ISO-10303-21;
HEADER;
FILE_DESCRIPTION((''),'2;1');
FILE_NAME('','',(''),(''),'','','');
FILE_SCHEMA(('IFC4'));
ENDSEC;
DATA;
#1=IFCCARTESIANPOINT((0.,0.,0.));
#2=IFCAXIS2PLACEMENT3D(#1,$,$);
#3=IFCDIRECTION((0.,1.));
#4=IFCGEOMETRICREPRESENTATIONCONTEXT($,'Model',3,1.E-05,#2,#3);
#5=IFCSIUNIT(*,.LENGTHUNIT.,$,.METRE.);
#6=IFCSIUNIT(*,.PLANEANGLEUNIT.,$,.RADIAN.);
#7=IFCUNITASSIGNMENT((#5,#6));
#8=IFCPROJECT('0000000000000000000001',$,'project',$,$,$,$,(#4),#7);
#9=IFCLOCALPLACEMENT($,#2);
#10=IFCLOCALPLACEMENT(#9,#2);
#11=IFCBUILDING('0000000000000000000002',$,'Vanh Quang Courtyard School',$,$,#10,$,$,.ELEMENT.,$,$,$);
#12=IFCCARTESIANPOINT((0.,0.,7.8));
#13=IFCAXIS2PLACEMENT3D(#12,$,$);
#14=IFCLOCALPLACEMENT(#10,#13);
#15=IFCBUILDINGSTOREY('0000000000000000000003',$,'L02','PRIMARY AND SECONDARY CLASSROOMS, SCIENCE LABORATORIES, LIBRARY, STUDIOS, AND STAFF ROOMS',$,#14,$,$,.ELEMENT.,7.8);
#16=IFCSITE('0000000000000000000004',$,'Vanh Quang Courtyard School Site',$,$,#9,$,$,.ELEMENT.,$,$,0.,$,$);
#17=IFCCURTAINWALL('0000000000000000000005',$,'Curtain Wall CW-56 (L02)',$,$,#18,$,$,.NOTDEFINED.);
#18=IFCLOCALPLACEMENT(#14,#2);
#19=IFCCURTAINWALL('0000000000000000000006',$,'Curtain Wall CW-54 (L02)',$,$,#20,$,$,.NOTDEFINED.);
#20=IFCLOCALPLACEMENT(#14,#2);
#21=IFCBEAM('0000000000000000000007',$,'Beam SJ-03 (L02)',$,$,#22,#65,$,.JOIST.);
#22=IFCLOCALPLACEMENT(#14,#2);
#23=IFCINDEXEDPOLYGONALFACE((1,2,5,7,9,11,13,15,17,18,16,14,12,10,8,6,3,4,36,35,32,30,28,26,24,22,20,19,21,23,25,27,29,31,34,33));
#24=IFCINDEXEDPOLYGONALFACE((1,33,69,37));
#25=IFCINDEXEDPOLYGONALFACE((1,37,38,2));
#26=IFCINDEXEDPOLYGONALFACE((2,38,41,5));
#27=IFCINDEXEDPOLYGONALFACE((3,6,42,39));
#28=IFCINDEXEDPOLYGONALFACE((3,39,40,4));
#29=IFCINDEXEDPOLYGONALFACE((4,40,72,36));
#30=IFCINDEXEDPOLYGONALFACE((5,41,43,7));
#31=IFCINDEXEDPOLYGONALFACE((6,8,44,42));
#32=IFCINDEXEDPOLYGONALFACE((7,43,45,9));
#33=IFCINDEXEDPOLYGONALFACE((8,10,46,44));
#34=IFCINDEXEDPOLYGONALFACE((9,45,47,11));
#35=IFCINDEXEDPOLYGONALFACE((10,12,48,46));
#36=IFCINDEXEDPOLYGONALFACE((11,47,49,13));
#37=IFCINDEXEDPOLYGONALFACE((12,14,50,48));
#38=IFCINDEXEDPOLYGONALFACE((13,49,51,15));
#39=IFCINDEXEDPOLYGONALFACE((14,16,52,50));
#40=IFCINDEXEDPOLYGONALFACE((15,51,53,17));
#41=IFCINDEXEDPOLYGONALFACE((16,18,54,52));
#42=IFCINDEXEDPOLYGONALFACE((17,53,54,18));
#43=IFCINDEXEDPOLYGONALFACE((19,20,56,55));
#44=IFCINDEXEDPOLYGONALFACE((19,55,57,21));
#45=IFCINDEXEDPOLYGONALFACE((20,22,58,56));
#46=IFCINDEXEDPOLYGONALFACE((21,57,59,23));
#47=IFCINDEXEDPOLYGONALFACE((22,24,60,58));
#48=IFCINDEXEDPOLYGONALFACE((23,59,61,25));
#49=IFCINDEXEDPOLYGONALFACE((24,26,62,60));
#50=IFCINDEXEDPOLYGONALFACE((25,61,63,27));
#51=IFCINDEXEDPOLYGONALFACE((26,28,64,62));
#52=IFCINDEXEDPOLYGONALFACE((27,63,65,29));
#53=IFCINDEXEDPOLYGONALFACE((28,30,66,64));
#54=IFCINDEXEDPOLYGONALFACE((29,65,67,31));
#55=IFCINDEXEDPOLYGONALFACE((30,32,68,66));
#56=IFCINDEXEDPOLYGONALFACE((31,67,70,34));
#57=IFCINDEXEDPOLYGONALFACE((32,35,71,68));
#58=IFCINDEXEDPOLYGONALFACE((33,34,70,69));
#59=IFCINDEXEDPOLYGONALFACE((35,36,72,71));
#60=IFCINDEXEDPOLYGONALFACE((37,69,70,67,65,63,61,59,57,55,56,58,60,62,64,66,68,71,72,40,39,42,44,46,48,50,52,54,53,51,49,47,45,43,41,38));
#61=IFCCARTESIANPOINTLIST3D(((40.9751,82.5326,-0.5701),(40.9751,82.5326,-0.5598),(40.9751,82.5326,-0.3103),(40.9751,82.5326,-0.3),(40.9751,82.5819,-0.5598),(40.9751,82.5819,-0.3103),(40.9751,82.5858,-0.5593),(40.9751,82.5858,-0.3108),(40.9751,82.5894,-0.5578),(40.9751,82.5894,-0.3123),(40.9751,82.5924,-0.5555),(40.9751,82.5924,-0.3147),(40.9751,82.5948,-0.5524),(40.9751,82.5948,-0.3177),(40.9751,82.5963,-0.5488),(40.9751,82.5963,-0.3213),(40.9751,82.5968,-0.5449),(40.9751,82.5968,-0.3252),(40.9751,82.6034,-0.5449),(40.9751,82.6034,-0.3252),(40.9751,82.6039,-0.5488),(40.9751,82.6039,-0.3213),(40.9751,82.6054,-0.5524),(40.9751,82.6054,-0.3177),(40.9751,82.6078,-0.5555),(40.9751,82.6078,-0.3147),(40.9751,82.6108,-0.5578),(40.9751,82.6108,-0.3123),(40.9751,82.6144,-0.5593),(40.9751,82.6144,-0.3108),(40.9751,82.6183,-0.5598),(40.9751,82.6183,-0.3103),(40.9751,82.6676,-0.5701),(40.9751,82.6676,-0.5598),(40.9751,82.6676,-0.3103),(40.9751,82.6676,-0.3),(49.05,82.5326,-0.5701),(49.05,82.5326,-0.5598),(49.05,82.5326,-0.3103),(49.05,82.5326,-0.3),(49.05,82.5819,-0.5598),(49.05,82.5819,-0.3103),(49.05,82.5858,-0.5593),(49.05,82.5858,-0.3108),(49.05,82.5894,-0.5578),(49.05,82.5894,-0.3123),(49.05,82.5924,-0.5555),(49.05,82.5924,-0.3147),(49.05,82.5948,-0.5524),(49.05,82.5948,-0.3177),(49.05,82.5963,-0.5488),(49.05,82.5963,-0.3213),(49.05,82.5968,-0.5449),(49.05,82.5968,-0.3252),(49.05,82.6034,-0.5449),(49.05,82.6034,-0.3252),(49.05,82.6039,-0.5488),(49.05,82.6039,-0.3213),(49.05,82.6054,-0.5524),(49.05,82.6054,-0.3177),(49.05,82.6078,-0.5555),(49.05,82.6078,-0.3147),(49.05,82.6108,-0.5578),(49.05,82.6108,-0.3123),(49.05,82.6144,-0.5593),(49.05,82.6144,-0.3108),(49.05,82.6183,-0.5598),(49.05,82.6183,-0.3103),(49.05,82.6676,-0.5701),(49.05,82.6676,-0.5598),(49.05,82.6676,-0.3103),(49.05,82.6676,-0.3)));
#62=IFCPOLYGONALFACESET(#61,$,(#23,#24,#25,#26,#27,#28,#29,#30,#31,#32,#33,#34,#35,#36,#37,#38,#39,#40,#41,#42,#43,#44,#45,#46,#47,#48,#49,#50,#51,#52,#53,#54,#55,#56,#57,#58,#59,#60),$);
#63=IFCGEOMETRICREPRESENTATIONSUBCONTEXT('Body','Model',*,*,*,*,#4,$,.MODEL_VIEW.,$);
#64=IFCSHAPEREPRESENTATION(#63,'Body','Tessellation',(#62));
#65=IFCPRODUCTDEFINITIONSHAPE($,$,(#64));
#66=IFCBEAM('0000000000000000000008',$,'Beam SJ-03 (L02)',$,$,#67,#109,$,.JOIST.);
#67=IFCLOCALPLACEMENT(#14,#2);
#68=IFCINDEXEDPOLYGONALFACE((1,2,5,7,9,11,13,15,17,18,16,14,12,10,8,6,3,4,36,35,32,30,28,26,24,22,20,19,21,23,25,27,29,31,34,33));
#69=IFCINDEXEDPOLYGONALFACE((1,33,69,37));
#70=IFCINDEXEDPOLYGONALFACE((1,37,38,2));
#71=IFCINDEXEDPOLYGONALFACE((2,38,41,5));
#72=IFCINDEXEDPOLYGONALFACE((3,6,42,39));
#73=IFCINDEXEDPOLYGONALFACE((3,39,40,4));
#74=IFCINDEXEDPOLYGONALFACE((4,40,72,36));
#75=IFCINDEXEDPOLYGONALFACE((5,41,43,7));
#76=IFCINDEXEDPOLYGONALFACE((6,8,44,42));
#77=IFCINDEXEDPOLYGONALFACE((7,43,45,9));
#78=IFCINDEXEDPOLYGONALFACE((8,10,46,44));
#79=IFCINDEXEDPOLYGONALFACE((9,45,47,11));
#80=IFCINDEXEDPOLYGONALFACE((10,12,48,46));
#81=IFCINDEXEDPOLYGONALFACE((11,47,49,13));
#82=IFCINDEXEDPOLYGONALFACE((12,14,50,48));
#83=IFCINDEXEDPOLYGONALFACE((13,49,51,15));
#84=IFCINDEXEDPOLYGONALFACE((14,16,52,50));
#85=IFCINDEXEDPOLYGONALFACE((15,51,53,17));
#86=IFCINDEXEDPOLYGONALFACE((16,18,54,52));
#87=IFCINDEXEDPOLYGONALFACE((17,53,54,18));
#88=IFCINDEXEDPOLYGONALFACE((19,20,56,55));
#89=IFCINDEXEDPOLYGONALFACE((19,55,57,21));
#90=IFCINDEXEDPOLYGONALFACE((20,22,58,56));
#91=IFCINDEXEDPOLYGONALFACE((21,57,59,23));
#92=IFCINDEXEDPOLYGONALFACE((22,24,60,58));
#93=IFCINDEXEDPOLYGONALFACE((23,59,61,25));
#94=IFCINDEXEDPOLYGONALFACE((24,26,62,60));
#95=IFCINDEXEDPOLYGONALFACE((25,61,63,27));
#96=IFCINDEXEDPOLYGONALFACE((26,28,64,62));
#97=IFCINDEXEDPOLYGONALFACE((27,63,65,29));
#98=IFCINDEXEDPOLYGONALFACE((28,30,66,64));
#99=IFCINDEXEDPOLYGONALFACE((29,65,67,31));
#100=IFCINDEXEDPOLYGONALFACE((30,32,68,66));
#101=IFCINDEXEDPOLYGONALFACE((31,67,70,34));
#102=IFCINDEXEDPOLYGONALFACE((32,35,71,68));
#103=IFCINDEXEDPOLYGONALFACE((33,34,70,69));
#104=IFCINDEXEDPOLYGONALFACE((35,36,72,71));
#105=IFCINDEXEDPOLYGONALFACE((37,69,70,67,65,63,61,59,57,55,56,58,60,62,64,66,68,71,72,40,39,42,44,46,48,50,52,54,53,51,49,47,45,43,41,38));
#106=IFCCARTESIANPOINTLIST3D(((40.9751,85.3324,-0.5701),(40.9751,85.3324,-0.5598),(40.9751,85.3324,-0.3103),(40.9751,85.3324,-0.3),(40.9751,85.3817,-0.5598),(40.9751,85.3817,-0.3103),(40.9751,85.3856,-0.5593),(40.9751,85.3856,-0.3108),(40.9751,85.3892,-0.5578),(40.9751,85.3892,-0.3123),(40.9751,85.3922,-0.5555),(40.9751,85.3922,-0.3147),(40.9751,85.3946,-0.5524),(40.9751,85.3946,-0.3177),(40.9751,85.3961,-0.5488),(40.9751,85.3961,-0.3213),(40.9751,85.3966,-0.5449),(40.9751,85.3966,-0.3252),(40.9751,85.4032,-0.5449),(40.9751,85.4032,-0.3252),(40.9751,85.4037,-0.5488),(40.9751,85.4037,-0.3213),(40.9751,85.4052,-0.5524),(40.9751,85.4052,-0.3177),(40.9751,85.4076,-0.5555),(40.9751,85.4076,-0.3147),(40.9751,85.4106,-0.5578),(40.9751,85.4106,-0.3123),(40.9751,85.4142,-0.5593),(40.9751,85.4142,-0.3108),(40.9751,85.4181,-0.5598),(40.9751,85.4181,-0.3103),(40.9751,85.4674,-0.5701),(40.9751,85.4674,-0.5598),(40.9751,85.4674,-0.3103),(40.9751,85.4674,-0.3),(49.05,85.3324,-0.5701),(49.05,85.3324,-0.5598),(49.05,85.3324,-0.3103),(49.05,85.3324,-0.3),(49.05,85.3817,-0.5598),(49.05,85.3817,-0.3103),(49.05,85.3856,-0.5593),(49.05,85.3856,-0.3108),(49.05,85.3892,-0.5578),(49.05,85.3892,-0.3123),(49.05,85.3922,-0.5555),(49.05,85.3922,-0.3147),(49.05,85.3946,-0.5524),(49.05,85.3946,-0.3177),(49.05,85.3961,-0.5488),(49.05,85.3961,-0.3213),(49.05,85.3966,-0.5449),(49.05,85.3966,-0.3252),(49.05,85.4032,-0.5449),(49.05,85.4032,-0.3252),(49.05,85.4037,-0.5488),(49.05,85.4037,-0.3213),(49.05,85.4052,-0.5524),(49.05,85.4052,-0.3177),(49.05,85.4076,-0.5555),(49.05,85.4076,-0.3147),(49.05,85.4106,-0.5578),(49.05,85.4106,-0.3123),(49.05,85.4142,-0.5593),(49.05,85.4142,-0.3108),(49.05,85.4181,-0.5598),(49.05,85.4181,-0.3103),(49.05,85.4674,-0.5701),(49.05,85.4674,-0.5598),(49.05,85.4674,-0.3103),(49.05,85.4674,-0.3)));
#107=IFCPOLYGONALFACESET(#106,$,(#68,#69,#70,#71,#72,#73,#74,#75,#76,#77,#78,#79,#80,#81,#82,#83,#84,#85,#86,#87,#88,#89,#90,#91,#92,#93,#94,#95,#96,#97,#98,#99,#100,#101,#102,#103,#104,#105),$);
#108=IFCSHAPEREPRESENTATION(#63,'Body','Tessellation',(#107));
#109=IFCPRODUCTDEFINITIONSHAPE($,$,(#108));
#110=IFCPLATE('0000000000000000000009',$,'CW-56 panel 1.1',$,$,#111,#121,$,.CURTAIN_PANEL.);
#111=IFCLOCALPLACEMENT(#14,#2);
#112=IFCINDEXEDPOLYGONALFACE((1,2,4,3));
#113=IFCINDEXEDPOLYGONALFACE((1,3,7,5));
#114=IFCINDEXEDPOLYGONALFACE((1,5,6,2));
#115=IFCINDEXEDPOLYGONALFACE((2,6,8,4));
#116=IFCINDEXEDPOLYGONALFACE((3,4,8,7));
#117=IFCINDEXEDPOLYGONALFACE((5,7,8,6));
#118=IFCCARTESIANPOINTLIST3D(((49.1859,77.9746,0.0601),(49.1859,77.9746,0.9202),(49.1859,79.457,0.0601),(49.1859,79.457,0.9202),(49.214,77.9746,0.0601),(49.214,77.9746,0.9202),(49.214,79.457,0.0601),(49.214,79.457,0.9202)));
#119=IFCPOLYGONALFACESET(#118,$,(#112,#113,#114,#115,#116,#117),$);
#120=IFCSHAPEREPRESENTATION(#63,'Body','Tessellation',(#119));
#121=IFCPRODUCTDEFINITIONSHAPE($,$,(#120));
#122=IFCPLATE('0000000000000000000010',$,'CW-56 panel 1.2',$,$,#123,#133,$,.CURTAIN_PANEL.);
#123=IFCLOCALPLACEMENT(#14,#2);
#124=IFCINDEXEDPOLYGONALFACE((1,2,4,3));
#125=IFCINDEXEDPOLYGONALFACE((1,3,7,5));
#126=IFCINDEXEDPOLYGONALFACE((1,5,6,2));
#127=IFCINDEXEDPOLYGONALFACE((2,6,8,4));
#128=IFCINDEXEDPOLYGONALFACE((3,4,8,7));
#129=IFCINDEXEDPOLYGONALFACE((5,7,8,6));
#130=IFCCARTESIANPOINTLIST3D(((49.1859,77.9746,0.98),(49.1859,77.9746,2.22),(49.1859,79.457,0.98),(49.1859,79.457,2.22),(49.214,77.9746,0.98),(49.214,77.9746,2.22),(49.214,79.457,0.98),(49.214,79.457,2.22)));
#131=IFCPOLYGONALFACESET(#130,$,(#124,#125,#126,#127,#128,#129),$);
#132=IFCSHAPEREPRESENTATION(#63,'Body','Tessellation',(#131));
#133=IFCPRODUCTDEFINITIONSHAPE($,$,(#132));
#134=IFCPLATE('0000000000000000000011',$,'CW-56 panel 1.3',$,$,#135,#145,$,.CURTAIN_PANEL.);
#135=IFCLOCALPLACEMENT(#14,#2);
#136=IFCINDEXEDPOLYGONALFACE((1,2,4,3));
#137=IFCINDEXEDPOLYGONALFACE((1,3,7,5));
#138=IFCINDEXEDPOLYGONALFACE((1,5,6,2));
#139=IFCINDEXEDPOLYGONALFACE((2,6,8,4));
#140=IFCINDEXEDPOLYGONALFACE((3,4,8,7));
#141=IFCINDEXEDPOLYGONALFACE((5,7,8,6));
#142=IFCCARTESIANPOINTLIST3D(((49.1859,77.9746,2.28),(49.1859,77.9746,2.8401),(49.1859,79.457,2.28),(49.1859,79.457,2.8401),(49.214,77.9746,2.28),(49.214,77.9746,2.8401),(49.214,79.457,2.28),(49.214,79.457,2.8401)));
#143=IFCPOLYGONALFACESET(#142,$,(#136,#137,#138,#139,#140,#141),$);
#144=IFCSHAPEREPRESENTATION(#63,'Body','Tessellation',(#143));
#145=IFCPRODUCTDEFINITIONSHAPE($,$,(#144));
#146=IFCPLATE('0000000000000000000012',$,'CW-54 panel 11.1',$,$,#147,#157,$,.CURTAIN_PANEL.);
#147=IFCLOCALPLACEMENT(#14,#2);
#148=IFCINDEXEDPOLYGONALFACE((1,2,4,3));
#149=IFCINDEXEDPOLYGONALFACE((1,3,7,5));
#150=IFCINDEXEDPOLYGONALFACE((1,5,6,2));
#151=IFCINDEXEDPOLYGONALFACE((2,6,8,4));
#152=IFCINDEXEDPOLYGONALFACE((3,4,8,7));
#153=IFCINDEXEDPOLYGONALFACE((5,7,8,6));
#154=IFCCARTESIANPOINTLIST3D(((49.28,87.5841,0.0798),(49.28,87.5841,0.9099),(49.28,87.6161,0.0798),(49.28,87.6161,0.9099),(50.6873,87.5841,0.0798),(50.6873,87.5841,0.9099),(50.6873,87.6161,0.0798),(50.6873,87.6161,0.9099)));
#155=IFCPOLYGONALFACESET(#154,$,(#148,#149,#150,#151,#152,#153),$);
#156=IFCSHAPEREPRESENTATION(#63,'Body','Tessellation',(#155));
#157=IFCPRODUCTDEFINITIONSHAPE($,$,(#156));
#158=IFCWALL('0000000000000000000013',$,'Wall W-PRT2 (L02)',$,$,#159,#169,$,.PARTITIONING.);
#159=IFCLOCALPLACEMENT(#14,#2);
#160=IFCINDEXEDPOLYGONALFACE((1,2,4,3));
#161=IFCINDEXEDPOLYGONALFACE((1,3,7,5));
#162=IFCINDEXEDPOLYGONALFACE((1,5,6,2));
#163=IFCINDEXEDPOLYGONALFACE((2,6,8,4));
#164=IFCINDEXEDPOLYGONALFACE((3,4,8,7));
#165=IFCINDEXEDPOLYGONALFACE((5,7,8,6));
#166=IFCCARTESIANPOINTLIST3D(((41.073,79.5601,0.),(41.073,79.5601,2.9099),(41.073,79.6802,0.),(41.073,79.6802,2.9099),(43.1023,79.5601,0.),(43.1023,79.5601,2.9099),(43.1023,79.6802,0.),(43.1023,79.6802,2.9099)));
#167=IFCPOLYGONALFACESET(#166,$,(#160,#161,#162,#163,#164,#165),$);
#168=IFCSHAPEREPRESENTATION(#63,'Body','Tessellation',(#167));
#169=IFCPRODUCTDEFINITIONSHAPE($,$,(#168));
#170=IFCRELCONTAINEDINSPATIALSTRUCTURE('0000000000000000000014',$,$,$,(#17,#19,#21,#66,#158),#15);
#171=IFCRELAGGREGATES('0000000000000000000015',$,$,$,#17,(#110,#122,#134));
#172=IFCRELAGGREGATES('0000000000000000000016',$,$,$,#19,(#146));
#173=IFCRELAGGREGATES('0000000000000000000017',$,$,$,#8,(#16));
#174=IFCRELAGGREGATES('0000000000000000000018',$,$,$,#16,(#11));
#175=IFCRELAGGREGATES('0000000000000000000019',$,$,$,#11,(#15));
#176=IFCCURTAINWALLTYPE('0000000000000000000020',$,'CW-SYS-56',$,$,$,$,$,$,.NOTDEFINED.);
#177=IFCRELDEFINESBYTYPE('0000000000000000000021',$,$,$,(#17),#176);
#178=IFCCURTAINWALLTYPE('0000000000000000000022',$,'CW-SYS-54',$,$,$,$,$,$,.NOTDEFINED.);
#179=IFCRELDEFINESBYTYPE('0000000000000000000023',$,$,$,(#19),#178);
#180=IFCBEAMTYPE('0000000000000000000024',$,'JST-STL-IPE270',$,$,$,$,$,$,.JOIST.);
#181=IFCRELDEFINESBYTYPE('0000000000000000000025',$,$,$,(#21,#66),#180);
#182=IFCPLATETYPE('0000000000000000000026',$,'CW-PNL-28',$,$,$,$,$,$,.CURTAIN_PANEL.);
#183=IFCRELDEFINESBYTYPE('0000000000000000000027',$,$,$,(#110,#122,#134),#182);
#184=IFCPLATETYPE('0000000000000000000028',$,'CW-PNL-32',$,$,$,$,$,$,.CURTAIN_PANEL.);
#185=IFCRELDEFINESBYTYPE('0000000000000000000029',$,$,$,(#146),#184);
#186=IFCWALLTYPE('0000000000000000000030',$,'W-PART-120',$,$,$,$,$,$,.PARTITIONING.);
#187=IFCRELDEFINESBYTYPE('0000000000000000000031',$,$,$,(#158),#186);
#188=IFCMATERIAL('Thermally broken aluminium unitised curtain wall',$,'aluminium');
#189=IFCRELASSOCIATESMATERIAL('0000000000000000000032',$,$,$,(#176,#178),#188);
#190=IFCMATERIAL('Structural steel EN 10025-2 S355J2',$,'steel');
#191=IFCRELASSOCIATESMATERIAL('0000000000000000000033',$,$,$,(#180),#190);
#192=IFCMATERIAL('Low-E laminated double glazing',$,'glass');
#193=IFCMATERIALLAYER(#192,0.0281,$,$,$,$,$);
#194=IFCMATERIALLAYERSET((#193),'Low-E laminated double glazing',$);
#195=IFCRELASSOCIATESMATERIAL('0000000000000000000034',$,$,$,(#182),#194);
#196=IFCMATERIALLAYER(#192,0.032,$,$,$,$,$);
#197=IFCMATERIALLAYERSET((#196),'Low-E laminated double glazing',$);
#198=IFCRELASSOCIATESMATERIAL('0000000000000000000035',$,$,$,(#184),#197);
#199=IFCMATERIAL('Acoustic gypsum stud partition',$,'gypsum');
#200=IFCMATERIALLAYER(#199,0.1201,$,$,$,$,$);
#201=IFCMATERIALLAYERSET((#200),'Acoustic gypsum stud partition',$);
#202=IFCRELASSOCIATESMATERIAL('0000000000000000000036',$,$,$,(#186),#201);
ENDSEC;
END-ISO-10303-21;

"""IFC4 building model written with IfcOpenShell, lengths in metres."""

from ifc_helpers import new_model, si_unit, direction, frame, frame_2d, origin, origin_2d, place, context, subcontext, project, spatial, rectangle, i_section, extrude, material, layer, layer_set, material_profile, profile_set, type_object, element, aggregate, save


model = new_model("IFC4")

# Units and contexts
model_context = context("Model", 3, precision=1e-05, world=origin(), true_north=direction((0.0, 1.0)))
body_context = subcontext(model_context, "Body", "Model", "MODEL_VIEW")
ifc_project = project(units=[si_unit("LENGTHUNIT", "METRE"), si_unit("PLANEANGLEUNIT", "RADIAN")], contexts=[model_context])

# Site, building, storey
site_placement = place(None, origin())
site = spatial("IfcSite", under=ifc_project, at=site_placement, Name="Vanh Quang Courtyard School Site", CompositionType="ELEMENT", RefElevation=0.0)
building_placement = place(site_placement, origin())
building = spatial("IfcBuilding", under=site, at=building_placement, Name="Vanh Quang Courtyard School", CompositionType="ELEMENT")
storey_placement = place(building_placement, frame((0.0, 0.0, 7.8)))
storey = spatial("IfcBuildingStorey", under=building, at=storey_placement, Name="L02", Description="PRIMARY AND SECONDARY CLASSROOMS, SCIENCE LABORATORIES, LIBRARY, STUDIOS, AND STAFF ROOMS", CompositionType="ELEMENT", Elevation=7.8)

# Shared definitions
ifc_material_1 = material(Name="Structural steel EN 10025-2 S355J2", Category="steel")

# Curtain walls
ifc_material_2 = material(Name="Thermally broken aluminium unitised curtain wall", Category="aluminium")
curtain_wall_type_1 = type_object("IfcCurtainWallType", Name="CW-SYS-56", PredefinedType="NOTDEFINED", material=ifc_material_2)
curtain_wall_1_placement = place(storey_placement, origin())
curtain_wall_1 = element("IfcCurtainWall", 1, at=curtain_wall_1_placement, inside=storey, type_object=curtain_wall_type_1, Name="Curtain Wall CW-56 (L02)", PredefinedType="NOTDEFINED")
curtain_wall_type_2 = type_object("IfcCurtainWallType", Name="CW-SYS-54", PredefinedType="NOTDEFINED", material=ifc_material_2)
curtain_wall_2_placement = place(storey_placement, origin())
curtain_wall_2 = element("IfcCurtainWall", 2, at=curtain_wall_2_placement, inside=storey, type_object=curtain_wall_type_2, Name="Curtain Wall CW-54 (L02)", PredefinedType="NOTDEFINED")

# Beams
ifc_material_profile_1 = material_profile(ifc_material_1, i_section(OverallWidth=0.135, OverallDepth=0.27, WebThickness=0.0066, FlangeThickness=0.0103, FilletRadius=0.0149, at=origin_2d()), Name="IPE 270")
ifc_profile_set_1 = profile_set([ifc_material_profile_1], Name="Structural steel EN 10025-2 S355J2")
beam_type_1 = type_object("IfcBeamType", Name="JST-STL-IPE270", PredefinedType="JOIST", material=ifc_profile_set_1)
for number, where, z_axis, x_axis, name in (
    (3, (40.9751, 82.6001, -0.4351), (1.0, 0.0, 0.0), (0.0, 1.0, 0.0), "Beam SJ-03 (L02)"),
    (4, (40.9751, 85.3999, -0.4351), (1.0, 0.0, 0.0), (0.0, 1.0, 0.0), "Beam SJ-03 (L02)"),
):
    element("IfcBeam", number, at=place(storey_placement, frame(where, z_axis=z_axis, x_axis=x_axis)), inside=storey, type_object=beam_type_1, Name=name, PredefinedType="JOIST", context=body_context, shape_type="SweptSolid", body=[
        extrude(i_section(OverallWidth=0.135, OverallDepth=0.27, WebThickness=0.0066, FlangeThickness=0.0103, FilletRadius=0.0149, at=origin_2d()), origin(), (0.0, 0.0, 1.0), 8.075),
    ])

# Plates
ifc_material_3 = material(Name="Low-E laminated double glazing", Category="glass")
ifc_layer_1 = layer(ifc_material_3, 0.0281)
ifc_layer_set_1 = layer_set([ifc_layer_1], Name="Low-E laminated double glazing")
plate_type_1 = type_object("IfcPlateType", Name="CW-PNL-28", PredefinedType="CURTAIN_PANEL", material=ifc_layer_set_1)
plate_1_placement = place(storey_placement, frame((49.2, 78.7158, 0.0601), z_axis=(0.0, 0.0, 1.0), x_axis=(0.0, -1.0, 0.0)))
plate_1 = element("IfcPlate", 5, at=plate_1_placement, type_object=plate_type_1, Name="CW-56 panel 1.1", PredefinedType="CURTAIN_PANEL", context=body_context, shape_type="SweptSolid", body=[
    extrude(rectangle(XDim=1.4824, YDim=0.0281, at=origin_2d()), origin(), (0.0, 0.0, 1.0), 0.8601),
])
plate_2_placement = place(storey_placement, frame((49.2, 78.7158, 0.98), z_axis=(0.0, 0.0, 1.0), x_axis=(0.0, -1.0, 0.0)))
plate_2 = element("IfcPlate", 6, at=plate_2_placement, type_object=plate_type_1, Name="CW-56 panel 1.2", PredefinedType="CURTAIN_PANEL", context=body_context, shape_type="SweptSolid", body=[
    extrude(rectangle(XDim=1.4824, YDim=0.0281, at=origin_2d()), origin(), (0.0, 0.0, 1.0), 1.24),
])
plate_3_placement = place(storey_placement, frame((49.2, 78.7158, 2.28), z_axis=(0.0, 0.0, 1.0), x_axis=(0.0, -1.0, 0.0)))
plate_3 = element("IfcPlate", 7, at=plate_3_placement, type_object=plate_type_1, Name="CW-56 panel 1.3", PredefinedType="CURTAIN_PANEL", context=body_context, shape_type="SweptSolid", body=[
    extrude(rectangle(XDim=1.4824, YDim=0.0281, at=origin_2d()), origin(), (0.0, 0.0, 1.0), 0.5601),
])
aggregate(curtain_wall_1, [plate_1, plate_2, plate_3])
ifc_layer_2 = layer(ifc_material_3, 0.032)
ifc_layer_set_2 = layer_set([ifc_layer_2], Name="Low-E laminated double glazing")
plate_type_2 = type_object("IfcPlateType", Name="CW-PNL-32", PredefinedType="CURTAIN_PANEL", material=ifc_layer_set_2)
plate_4_placement = place(storey_placement, frame((49.9836, 87.6001, 0.0798), z_axis=(0.0, 0.0, 1.0), x_axis=(-1.0, 0.0, 0.0)))
plate_4 = element("IfcPlate", 8, at=plate_4_placement, type_object=plate_type_2, Name="CW-54 panel 11.1", PredefinedType="CURTAIN_PANEL", context=body_context, shape_type="SweptSolid", body=[
    extrude(rectangle(XDim=1.4072, YDim=0.032, at=origin_2d()), origin(), (0.0, 0.0, 1.0), 0.8301),
])
aggregate(curtain_wall_2, [plate_4])

# Wall
ifc_material_4 = material(Name="Acoustic gypsum stud partition", Category="gypsum")
ifc_layer_3 = layer(ifc_material_4, 0.1201)
ifc_layer_set_3 = layer_set([ifc_layer_3], Name="Acoustic gypsum stud partition")
wall_type_1 = type_object("IfcWallType", Name="W-PART-120", PredefinedType="PARTITIONING", material=ifc_layer_set_3)
wall_1_placement = place(storey_placement, frame((43.1023, 79.6201, 0.0), z_axis=(0.0, 0.0, 1.0), x_axis=(-1.0, 0.0, 0.0)))
element("IfcWall", 9, at=wall_1_placement, inside=storey, type_object=wall_type_1, Name="Wall W-PRT2 (L02)", PredefinedType="PARTITIONING", context=body_context, shape_type="SweptSolid", body=[
    extrude(rectangle(XDim=2.0293, YDim=0.1201, at=frame_2d((1.0146, 0.0))), origin(), (0.0, 0.0, 1.0), 2.9099),
])

save(model, "model.ifc")
